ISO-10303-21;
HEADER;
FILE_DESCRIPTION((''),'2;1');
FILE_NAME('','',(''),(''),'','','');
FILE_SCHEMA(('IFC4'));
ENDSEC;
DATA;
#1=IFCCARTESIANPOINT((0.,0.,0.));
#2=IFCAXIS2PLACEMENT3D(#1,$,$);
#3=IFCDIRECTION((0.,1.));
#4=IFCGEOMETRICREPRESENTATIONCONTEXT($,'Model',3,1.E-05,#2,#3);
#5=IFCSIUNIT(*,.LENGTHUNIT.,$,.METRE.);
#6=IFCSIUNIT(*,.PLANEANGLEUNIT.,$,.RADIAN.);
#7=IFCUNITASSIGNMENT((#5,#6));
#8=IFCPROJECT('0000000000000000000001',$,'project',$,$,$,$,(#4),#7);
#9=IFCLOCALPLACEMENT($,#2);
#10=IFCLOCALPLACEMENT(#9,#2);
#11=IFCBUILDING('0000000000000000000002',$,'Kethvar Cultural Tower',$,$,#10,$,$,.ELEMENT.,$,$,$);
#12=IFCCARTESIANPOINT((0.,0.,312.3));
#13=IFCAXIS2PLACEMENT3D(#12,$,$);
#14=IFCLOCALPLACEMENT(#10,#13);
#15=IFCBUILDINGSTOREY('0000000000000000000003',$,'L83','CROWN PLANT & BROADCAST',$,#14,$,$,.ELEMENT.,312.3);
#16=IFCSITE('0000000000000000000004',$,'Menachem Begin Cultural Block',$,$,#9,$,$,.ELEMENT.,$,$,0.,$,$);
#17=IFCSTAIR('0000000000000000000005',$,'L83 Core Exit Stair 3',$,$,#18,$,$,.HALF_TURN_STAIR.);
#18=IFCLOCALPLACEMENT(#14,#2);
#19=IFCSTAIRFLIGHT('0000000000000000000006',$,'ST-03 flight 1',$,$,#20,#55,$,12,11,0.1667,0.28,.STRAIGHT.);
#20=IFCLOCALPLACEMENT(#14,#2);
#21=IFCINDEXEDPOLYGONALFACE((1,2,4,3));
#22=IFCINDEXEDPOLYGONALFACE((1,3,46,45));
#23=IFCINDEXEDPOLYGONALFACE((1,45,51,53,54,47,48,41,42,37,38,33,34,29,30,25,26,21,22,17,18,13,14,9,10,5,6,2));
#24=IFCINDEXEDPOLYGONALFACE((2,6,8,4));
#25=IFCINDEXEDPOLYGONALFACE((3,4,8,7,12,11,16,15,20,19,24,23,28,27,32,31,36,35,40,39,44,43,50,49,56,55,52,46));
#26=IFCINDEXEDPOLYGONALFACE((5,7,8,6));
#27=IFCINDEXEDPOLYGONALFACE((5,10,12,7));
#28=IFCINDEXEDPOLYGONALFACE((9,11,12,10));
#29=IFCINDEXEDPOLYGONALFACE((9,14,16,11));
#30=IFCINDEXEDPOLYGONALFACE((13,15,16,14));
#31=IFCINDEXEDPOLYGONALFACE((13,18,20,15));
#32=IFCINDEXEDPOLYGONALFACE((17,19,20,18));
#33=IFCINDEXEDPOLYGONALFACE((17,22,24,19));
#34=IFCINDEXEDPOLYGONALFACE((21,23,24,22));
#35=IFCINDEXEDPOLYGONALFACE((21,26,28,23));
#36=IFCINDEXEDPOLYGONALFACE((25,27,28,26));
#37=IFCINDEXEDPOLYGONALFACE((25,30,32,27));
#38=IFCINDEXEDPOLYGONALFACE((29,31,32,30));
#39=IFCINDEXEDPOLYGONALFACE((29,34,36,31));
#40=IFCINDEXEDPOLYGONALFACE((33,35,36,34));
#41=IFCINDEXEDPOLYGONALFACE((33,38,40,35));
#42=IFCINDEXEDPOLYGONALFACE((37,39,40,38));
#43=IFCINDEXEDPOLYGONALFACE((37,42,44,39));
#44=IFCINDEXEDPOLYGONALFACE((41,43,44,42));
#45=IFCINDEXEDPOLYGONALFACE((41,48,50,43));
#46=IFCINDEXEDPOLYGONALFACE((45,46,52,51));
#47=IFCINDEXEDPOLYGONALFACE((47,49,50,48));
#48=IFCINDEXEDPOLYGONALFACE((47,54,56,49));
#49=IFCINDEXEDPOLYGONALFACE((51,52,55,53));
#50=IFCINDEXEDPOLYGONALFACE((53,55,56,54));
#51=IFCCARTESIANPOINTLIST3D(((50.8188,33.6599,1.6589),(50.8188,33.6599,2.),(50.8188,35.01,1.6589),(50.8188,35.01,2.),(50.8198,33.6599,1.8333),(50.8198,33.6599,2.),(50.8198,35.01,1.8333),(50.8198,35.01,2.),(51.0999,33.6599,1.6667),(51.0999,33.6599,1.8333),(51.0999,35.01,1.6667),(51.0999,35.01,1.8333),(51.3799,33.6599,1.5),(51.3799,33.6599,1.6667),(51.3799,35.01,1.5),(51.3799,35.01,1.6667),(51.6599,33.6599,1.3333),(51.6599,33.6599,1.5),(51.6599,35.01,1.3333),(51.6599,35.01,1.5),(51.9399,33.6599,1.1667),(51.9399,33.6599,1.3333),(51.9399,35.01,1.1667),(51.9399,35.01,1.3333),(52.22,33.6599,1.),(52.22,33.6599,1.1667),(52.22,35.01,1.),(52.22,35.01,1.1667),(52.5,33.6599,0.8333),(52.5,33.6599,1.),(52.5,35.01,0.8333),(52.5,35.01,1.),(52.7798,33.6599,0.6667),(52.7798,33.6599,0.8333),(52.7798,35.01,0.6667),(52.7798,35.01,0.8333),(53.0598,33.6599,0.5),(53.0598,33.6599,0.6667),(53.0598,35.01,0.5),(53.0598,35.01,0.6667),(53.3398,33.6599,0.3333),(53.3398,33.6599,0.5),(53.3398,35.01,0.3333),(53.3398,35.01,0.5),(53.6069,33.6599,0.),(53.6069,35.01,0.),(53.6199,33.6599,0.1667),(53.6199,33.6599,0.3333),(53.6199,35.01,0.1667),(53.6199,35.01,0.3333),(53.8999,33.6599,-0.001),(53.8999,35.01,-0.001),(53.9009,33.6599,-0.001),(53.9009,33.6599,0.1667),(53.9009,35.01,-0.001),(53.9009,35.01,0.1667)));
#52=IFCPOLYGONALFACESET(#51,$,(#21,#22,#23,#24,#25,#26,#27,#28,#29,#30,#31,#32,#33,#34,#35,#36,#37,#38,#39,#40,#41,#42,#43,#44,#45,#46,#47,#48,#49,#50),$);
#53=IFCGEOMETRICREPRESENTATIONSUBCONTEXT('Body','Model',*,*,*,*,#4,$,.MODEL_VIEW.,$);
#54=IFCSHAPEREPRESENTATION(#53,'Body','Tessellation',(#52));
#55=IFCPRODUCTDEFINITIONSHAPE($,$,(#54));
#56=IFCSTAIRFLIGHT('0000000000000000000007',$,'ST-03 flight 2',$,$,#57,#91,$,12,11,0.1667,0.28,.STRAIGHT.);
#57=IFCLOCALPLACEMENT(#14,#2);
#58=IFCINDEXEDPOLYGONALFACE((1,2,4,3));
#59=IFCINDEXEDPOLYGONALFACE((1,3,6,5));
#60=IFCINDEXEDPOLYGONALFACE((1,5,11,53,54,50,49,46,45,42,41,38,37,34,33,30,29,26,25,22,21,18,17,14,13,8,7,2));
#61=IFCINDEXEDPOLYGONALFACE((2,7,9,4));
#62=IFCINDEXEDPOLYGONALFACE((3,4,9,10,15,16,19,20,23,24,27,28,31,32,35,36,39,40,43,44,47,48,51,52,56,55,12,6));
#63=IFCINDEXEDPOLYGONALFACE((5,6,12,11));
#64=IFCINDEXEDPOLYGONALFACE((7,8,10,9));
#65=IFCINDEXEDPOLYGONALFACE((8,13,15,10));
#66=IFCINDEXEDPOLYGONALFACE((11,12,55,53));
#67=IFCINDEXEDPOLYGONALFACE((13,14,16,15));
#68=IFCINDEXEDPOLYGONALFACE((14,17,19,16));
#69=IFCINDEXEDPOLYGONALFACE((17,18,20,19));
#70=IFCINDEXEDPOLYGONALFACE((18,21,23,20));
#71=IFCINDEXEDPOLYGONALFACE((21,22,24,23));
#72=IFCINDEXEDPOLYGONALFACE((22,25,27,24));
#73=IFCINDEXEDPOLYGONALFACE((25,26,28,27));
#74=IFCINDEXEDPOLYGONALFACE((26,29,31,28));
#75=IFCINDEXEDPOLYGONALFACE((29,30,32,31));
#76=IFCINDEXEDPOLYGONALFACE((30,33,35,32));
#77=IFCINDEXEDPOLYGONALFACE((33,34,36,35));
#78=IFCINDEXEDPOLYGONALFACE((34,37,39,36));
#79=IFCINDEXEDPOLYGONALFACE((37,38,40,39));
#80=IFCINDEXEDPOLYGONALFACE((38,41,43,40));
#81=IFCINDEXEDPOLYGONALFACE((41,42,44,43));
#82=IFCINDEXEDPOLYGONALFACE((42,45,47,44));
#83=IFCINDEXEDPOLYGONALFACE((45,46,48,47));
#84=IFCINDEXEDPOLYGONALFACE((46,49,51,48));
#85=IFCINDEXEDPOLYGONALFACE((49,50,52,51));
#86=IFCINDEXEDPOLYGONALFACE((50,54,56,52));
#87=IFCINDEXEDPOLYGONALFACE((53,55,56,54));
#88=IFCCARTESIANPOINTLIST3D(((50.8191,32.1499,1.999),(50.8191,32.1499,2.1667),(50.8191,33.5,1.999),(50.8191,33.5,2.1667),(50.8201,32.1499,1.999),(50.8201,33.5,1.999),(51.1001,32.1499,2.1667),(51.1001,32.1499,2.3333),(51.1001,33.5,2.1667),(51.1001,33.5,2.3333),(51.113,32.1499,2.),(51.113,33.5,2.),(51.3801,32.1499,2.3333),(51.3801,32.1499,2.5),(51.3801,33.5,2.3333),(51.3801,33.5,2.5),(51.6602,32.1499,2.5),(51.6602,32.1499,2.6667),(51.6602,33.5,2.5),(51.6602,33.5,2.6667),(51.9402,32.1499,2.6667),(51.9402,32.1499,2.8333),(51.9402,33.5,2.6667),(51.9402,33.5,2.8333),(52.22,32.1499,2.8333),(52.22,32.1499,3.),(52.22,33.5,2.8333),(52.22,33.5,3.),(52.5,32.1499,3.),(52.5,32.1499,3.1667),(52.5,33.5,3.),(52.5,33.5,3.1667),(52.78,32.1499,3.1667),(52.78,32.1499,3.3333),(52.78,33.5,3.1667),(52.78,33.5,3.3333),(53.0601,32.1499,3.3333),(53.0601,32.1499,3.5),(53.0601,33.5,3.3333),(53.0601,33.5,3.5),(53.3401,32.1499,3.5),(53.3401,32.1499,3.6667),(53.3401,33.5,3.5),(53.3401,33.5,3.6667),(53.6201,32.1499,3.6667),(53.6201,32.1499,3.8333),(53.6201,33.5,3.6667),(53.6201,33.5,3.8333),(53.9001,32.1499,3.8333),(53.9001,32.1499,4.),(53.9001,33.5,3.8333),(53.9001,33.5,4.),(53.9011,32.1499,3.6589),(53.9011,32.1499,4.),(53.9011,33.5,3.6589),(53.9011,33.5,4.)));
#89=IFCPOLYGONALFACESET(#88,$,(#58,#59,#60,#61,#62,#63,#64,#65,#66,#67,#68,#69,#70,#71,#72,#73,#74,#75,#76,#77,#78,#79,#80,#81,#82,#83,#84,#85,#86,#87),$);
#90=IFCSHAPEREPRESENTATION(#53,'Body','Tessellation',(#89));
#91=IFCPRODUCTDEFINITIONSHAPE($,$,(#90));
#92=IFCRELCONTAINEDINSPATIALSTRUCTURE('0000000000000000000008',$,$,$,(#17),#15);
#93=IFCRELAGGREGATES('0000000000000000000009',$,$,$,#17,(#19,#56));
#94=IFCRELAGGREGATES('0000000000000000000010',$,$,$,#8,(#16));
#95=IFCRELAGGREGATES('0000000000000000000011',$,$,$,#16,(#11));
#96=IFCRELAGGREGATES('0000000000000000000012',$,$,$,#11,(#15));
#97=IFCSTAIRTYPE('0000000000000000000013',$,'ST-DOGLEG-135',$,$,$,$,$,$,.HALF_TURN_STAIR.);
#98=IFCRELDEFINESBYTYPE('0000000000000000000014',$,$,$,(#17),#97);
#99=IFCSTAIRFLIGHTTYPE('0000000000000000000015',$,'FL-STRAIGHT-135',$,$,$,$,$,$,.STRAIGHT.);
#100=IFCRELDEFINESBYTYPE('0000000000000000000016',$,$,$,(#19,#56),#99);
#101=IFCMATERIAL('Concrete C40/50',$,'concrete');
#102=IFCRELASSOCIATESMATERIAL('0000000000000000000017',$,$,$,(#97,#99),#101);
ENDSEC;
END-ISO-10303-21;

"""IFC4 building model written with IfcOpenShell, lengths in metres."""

from ifc_helpers import new_model, si_unit, direction, frame, origin, place, context, subcontext, project, spatial, polyline, outline, extrude, material, type_object, element, aggregate, save


model = new_model("IFC4")

# Units and contexts
model_context = context("Model", 3, precision=1e-05, world=origin(), true_north=direction((0.0, 1.0)))
body_context = subcontext(model_context, "Body", "Model", "MODEL_VIEW")
ifc_project = project(units=[si_unit("LENGTHUNIT", "METRE"), si_unit("PLANEANGLEUNIT", "RADIAN")], contexts=[model_context])

# Site, building, storey
site_placement = place(None, origin())
site = spatial("IfcSite", under=ifc_project, at=site_placement, Name="Menachem Begin Cultural Block", CompositionType="ELEMENT", RefElevation=0.0)
building_placement = place(site_placement, origin())
building = spatial("IfcBuilding", under=site, at=building_placement, Name="Kethvar Cultural Tower", CompositionType="ELEMENT")
storey_placement = place(building_placement, frame((0.0, 0.0, 312.3)))
storey = spatial("IfcBuildingStorey", under=building, at=storey_placement, Name="L83", Description="CROWN PLANT & BROADCAST", CompositionType="ELEMENT", Elevation=312.3)

# Shared definitions
ifc_material_1 = material(Name="Concrete C40/50", Category="concrete")

# Stair, stair flights
stair_type = type_object("IfcStairType", Name="ST-DOGLEG-135", PredefinedType="HALF_TURN_STAIR", material=ifc_material_1)
stair_placement = place(storey_placement, origin())
stair = element("IfcStair", 1, at=stair_placement, inside=storey, type_object=stair_type, Name="L83 Core Exit Stair 3", PredefinedType="HALF_TURN_STAIR")
stair_flight_type = type_object("IfcStairFlightType", Name="FL-STRAIGHT-135", PredefinedType="STRAIGHT", material=ifc_material_1)
stair_flight_1_placement = place(storey_placement, frame((53.8999, 34.335, 0.0), z_axis=(0.0, 0.0, 1.0), x_axis=(-1.0, 0.0, 0.0)))
stair_flight_1 = element("IfcStairFlight", 2, at=stair_flight_1_placement, type_object=stair_flight_type, Name="ST-03 flight 1", NumberOfRisers=12, NumberOfTreads=11, PredefinedType="STRAIGHT", RiserHeight=0.1667, TreadLength=0.28, context=body_context, shape_type="SweptSolid", body=[
    extrude(outline(polyline([(-0.001, -0.001), (-0.001, 0.1667), (0.28, 0.1667), (0.28, 0.3333), (0.5601, 0.3333), (0.5601, 0.5), (0.8401, 0.5), (0.8401, 0.6667), (1.1201, 0.6667), (1.1201, 0.8333), (1.3999, 0.8333), (1.3999, 1.0), (1.6799, 1.0), (1.6799, 1.1667), (1.96, 1.1667), (1.96, 1.3333), (2.24, 1.3333), (2.24, 1.5), (2.52, 1.5), (2.52, 1.6667), (2.8, 1.6667), (2.8, 1.8333), (3.0801, 1.8333), (3.0801, 2.0), (3.0811, 2.0), (3.0811, 1.6589), (0.293, 0.0), (0.0, -0.001), (-0.001, -0.001)])), frame((0.0, 0.675, 0.0), z_axis=(0.0, -1.0, 0.0), x_axis=(1.0, 0.0, 0.0)), (0.0, 0.0, 1.0), 1.3501),
])
stair_flight_2_placement = place(storey_placement, frame((50.8201, 32.825, 2.0), z_axis=(0.0, 0.0, 1.0), x_axis=(1.0, 0.0, 0.0)))
stair_flight_2 = element("IfcStairFlight", 3, at=stair_flight_2_placement, type_object=stair_flight_type, Name="ST-03 flight 2", NumberOfRisers=12, NumberOfTreads=11, PredefinedType="STRAIGHT", RiserHeight=0.1667, TreadLength=0.28, context=body_context, shape_type="SweptSolid", body=[
    extrude(outline(polyline([(-0.001, -0.001), (-0.001, 0.1667), (0.28, 0.1667), (0.28, 0.3333), (0.5601, 0.3333), (0.5601, 0.5), (0.8401, 0.5), (0.8401, 0.6667), (1.1201, 0.6667), (1.1201, 0.8333), (1.3999, 0.8333), (1.3999, 1.0), (1.6799, 1.0), (1.6799, 1.1667), (1.96, 1.1667), (1.96, 1.3333), (2.24, 1.3333), (2.24, 1.5), (2.52, 1.5), (2.52, 1.6667), (2.8, 1.6667), (2.8, 1.8333), (3.0801, 1.8333), (3.0801, 2.0), (3.0811, 2.0), (3.0811, 1.6589), (0.293, 0.0), (0.0, -0.001), (-0.001, -0.001)])), frame((0.0, 0.675, 0.0), z_axis=(0.0, -1.0, 0.0), x_axis=(1.0, 0.0, 0.0)), (0.0, 0.0, 1.0), 1.3501),
])
aggregate(stair, [stair_flight_1, stair_flight_2])

save(model, "model.ifc")
